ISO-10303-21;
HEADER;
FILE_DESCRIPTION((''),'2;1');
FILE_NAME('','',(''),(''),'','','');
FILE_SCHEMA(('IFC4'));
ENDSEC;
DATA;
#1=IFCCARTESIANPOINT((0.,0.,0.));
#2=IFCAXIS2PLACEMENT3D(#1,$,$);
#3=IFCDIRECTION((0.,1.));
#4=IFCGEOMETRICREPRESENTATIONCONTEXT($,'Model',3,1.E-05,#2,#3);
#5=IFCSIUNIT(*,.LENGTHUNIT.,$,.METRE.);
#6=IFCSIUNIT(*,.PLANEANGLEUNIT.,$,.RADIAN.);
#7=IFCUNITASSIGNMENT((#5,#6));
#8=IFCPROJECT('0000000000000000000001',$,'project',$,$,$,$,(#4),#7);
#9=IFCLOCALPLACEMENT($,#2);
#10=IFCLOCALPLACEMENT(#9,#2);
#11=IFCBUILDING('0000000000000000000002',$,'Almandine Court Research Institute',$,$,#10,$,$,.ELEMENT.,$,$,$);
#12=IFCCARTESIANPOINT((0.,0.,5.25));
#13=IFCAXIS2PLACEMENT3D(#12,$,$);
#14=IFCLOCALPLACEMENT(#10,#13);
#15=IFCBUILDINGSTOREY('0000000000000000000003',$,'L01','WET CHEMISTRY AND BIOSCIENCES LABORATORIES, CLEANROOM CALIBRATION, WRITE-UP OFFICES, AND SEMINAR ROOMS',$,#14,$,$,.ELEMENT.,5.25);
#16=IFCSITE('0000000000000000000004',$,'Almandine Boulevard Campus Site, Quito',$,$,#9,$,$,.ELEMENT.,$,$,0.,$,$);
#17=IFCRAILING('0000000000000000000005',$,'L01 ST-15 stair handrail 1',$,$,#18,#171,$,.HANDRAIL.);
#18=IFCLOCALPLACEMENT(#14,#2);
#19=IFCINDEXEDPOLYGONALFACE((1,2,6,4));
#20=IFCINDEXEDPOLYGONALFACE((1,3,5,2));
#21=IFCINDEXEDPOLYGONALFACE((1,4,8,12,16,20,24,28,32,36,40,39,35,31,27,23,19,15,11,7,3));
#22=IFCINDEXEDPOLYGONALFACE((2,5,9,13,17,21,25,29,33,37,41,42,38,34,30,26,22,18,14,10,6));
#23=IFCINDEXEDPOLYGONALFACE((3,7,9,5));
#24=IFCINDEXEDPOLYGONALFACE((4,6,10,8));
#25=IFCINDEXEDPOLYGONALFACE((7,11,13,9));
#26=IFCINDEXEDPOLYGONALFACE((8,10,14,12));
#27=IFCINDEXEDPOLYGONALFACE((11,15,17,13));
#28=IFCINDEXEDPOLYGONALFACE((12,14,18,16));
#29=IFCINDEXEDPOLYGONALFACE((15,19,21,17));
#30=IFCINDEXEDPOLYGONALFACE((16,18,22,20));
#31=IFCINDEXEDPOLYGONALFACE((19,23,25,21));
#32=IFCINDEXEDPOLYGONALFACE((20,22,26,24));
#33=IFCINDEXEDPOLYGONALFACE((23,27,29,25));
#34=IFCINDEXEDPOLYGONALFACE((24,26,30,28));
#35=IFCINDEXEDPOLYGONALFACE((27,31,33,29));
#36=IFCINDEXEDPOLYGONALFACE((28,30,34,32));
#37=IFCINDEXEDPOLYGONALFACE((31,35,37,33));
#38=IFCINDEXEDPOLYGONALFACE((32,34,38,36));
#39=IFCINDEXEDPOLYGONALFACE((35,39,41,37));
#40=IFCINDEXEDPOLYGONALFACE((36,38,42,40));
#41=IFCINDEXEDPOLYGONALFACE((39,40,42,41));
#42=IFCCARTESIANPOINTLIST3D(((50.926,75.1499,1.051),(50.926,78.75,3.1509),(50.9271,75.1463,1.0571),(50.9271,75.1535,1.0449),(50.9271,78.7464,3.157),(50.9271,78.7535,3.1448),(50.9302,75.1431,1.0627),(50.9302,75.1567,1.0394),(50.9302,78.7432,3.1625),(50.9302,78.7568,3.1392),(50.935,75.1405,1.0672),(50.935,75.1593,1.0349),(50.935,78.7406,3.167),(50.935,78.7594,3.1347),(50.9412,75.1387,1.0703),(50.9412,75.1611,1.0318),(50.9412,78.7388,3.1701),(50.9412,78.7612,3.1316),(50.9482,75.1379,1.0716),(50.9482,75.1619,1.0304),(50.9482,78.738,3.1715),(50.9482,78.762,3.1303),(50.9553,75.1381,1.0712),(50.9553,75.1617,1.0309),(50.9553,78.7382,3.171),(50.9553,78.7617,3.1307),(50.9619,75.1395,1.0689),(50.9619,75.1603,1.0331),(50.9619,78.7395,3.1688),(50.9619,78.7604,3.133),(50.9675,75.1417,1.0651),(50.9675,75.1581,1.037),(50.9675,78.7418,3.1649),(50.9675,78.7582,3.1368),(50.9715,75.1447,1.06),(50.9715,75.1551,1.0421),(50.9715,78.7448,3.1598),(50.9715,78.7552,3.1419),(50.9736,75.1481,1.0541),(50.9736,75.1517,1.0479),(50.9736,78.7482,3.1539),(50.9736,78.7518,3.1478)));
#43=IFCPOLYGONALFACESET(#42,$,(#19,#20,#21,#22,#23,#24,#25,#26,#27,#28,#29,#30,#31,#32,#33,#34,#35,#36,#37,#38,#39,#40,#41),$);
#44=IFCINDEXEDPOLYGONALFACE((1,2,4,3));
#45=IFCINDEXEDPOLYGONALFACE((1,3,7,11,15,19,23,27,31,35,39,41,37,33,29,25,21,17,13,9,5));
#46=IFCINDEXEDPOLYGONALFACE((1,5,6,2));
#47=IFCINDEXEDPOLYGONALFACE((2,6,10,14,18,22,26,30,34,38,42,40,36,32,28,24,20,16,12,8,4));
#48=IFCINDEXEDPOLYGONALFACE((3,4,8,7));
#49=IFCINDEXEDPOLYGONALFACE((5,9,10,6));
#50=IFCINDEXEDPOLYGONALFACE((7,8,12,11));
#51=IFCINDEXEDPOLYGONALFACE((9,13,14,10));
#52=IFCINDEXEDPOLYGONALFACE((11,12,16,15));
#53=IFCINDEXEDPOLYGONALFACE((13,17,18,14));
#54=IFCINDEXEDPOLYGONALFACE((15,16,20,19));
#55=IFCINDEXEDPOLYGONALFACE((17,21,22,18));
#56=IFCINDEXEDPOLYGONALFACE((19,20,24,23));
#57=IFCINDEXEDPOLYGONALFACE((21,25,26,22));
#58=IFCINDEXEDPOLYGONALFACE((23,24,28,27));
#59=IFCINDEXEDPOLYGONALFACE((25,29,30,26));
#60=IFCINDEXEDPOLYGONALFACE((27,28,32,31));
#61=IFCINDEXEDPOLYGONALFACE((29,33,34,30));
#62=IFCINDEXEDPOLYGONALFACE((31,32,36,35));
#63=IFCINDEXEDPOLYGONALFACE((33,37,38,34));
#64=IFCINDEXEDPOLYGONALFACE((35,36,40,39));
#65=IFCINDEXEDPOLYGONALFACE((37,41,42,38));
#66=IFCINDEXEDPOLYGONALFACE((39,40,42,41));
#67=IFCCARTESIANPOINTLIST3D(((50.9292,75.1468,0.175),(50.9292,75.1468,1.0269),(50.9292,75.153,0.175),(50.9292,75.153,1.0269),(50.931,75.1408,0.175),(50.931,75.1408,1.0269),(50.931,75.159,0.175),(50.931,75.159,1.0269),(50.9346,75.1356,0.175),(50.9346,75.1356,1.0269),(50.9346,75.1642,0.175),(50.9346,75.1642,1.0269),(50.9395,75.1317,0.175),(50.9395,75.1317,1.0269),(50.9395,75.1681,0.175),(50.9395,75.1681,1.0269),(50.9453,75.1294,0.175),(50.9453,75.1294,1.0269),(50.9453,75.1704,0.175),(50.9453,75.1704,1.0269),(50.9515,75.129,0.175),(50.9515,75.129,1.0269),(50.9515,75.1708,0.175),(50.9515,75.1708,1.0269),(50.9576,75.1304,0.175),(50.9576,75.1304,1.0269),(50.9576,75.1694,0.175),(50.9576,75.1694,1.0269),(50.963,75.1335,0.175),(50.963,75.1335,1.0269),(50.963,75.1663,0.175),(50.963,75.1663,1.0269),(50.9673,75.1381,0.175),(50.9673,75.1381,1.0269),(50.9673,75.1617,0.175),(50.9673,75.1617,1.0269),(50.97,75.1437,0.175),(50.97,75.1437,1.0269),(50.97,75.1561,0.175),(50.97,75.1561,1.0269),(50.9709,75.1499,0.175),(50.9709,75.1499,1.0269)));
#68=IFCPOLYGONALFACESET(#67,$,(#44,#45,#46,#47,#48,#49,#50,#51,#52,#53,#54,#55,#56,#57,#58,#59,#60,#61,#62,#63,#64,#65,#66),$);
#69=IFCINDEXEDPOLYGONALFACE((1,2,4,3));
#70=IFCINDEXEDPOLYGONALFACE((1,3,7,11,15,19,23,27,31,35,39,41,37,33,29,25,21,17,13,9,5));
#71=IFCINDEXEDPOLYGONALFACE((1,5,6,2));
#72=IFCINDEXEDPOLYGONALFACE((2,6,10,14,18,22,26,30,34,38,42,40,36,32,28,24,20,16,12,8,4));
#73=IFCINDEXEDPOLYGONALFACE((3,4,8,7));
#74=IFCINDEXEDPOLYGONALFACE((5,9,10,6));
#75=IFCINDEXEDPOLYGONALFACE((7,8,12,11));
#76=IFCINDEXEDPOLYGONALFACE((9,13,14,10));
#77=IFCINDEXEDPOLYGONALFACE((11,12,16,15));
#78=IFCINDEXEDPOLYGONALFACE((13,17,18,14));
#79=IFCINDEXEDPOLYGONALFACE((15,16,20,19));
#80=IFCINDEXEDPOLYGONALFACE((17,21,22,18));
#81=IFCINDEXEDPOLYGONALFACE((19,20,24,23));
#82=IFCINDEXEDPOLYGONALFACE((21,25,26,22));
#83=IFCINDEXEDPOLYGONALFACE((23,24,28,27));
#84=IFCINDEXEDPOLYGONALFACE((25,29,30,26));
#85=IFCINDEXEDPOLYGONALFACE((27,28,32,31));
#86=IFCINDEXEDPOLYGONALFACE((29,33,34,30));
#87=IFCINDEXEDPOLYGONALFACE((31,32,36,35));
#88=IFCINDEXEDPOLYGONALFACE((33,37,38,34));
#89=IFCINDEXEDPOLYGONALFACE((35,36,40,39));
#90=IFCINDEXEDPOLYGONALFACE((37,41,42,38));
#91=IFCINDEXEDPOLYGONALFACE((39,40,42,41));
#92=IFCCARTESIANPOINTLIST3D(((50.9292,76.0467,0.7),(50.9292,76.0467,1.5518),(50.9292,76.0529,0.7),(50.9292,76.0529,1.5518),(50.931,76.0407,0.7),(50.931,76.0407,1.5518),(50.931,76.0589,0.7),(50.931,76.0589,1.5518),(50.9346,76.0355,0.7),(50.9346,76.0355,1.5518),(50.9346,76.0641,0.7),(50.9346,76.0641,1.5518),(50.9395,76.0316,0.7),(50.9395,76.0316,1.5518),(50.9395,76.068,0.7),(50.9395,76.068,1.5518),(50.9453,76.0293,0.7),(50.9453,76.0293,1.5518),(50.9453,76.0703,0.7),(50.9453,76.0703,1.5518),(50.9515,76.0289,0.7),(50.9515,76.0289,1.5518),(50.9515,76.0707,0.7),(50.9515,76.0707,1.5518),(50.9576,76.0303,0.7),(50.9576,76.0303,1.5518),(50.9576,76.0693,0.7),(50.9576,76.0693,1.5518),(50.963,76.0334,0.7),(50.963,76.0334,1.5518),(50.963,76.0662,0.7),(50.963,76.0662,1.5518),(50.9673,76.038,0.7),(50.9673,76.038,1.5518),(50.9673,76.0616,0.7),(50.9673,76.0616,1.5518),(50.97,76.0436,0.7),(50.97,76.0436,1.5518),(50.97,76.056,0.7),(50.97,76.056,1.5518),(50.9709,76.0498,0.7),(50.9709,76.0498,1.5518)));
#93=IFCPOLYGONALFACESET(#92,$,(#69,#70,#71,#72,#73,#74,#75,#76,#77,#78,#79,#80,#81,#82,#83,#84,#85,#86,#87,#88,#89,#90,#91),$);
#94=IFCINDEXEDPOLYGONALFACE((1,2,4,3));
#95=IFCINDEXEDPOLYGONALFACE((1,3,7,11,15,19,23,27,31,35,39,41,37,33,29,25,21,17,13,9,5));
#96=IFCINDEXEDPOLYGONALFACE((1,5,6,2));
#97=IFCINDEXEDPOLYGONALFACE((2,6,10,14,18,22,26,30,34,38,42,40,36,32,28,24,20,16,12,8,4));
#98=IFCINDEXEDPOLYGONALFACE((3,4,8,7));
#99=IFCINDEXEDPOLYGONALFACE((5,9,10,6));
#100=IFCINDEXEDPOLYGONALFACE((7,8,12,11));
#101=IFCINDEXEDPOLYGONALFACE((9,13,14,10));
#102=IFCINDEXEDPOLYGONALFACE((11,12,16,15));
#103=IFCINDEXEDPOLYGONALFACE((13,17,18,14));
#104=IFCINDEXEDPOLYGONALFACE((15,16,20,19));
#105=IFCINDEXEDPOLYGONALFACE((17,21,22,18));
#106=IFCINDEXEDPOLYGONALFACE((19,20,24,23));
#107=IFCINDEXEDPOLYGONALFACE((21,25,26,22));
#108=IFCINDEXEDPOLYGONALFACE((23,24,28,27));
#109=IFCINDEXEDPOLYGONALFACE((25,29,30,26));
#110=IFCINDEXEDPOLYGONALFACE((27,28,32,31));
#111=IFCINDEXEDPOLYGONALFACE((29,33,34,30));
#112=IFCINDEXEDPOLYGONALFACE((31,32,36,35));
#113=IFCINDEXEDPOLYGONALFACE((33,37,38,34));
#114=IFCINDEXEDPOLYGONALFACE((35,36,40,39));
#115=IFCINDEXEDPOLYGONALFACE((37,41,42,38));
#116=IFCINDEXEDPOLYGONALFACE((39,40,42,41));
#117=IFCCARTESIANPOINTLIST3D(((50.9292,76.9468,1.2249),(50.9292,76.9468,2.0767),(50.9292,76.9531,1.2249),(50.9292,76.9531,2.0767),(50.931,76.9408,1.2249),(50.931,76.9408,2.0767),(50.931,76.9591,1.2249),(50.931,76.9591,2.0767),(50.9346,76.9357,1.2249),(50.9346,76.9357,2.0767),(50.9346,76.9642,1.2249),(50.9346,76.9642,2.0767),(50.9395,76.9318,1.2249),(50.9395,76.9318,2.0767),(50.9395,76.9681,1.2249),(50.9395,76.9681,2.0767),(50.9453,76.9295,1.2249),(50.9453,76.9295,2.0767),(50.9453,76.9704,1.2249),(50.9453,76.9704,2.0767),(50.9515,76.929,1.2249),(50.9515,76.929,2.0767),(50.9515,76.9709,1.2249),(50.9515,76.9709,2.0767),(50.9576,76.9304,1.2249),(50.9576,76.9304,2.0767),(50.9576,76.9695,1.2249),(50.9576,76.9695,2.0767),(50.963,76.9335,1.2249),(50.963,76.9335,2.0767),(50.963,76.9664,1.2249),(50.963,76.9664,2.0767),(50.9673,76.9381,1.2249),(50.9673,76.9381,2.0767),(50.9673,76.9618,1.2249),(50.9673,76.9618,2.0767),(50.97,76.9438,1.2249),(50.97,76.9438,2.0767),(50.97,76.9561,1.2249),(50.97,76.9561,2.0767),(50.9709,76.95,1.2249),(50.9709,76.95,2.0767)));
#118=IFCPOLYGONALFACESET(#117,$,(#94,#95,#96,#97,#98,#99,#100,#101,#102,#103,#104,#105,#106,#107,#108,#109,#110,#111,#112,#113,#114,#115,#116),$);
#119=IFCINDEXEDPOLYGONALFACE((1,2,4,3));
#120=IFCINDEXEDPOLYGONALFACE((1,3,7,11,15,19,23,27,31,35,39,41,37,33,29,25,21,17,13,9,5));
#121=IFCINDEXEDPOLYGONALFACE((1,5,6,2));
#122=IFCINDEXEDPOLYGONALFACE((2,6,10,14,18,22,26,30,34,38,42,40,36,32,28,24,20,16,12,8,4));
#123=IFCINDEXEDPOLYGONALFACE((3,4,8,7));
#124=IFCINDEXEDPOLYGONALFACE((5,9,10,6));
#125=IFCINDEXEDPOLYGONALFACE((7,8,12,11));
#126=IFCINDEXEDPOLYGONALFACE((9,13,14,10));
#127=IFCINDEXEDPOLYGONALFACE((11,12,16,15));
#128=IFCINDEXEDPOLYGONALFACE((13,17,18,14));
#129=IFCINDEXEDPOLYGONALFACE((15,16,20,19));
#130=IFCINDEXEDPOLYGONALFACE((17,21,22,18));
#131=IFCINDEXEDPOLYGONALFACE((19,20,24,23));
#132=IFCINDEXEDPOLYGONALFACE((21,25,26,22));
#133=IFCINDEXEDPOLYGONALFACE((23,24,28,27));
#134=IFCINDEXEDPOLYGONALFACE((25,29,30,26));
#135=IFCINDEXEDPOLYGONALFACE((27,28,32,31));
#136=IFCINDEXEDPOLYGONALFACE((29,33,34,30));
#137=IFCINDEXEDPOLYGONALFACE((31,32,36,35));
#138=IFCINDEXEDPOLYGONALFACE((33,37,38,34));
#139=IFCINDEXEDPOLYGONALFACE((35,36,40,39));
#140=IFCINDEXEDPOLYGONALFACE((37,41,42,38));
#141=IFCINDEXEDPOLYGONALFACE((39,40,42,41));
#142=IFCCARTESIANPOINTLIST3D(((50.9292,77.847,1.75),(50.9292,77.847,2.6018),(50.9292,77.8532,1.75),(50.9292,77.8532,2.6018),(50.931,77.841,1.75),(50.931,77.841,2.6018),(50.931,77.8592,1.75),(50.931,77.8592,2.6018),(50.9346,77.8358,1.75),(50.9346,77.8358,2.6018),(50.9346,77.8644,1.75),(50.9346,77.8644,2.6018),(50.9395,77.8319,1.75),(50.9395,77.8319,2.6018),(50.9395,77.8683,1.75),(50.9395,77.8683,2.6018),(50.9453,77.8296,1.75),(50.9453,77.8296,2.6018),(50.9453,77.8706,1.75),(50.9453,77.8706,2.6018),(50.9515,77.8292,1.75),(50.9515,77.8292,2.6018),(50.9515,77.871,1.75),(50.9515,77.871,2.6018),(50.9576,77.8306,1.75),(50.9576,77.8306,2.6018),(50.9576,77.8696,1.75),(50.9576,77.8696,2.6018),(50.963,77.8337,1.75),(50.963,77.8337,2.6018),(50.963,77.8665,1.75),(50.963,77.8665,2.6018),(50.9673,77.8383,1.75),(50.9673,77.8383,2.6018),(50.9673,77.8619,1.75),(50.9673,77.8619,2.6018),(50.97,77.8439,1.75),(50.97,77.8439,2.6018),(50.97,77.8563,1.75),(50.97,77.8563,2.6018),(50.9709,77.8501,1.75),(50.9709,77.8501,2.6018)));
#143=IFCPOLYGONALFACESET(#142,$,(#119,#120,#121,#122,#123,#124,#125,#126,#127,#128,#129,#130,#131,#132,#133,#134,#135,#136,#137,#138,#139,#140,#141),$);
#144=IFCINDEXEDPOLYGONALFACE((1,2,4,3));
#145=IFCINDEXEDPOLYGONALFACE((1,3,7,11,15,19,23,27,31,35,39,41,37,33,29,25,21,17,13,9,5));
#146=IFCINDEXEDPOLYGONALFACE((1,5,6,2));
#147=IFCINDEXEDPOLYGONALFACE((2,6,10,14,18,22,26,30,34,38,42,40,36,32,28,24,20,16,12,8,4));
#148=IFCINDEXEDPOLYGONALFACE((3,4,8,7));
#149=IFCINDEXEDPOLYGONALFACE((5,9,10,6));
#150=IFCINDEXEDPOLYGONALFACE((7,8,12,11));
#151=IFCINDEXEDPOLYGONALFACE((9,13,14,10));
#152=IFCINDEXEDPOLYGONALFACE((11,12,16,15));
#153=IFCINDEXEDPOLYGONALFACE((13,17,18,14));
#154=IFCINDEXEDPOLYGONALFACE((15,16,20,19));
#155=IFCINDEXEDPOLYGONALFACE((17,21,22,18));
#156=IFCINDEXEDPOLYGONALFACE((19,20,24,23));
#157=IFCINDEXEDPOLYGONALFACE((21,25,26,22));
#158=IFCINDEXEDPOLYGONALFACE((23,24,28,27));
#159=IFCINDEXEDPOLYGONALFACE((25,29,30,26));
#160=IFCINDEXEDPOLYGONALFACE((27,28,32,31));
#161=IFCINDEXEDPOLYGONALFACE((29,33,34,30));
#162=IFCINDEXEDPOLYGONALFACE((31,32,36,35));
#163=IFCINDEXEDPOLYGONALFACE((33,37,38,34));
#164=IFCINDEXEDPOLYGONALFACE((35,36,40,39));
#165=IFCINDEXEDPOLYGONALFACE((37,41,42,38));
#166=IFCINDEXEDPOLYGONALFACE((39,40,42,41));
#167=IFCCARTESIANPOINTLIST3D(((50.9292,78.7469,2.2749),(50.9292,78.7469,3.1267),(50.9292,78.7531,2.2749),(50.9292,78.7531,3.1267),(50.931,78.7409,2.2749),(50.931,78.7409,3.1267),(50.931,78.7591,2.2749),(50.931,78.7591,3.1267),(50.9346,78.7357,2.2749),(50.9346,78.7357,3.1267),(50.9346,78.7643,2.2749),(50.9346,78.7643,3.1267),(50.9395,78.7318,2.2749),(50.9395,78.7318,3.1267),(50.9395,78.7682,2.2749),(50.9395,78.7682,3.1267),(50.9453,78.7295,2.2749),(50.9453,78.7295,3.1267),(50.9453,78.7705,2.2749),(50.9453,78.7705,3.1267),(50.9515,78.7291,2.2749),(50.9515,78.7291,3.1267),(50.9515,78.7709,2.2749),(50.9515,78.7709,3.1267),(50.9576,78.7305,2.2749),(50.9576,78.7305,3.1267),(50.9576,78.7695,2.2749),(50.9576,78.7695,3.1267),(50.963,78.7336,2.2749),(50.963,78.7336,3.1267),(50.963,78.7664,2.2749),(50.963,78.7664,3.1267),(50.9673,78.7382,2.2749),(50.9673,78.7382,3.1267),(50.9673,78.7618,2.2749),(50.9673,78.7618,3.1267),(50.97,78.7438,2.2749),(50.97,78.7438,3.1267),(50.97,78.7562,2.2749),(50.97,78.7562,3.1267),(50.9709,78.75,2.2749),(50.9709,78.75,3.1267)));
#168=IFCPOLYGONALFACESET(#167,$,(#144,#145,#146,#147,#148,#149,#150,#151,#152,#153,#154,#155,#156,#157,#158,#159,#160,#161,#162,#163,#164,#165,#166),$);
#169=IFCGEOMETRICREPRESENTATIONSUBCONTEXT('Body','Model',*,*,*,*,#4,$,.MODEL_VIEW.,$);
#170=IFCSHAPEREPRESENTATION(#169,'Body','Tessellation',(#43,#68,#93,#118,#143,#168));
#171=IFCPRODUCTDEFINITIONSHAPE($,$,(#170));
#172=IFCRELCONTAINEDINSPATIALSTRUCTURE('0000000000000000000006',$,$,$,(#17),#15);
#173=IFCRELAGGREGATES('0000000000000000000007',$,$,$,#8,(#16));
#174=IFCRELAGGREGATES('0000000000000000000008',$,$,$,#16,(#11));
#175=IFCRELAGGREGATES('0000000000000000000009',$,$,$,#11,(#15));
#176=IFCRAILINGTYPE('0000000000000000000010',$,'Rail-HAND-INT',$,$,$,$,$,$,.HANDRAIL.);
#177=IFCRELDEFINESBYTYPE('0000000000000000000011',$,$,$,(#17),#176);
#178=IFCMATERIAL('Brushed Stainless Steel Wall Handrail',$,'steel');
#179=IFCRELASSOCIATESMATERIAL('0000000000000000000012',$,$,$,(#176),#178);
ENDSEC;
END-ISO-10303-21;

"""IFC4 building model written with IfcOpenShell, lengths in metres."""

from ifc_helpers import new_model, si_unit, direction, frame, origin, origin_2d, place, context, subcontext, project, spatial, circle, extrude, material, type_object, element, save


model = new_model("IFC4")

# Units and contexts
model_context = context("Model", 3, precision=1e-05, world=origin(), true_north=direction((0.0, 1.0)))
body_context = subcontext(model_context, "Body", "Model", "MODEL_VIEW")
ifc_project = project(units=[si_unit("LENGTHUNIT", "METRE"), si_unit("PLANEANGLEUNIT", "RADIAN")], contexts=[model_context])

# Site, building, storey
site_placement = place(None, origin())
site = spatial("IfcSite", under=ifc_project, at=site_placement, Name="Almandine Boulevard Campus Site, Quito", CompositionType="ELEMENT", RefElevation=0.0)
building_placement = place(site_placement, origin())
building = spatial("IfcBuilding", under=site, at=building_placement, Name="Almandine Court Research Institute", CompositionType="ELEMENT")
storey_placement = place(building_placement, frame((0.0, 0.0, 5.25)))
storey = spatial("IfcBuildingStorey", under=building, at=storey_placement, Name="L01", Description="WET CHEMISTRY AND BIOSCIENCES LABORATORIES, CLEANROOM CALIBRATION, WRITE-UP OFFICES, AND SEMINAR ROOMS", CompositionType="ELEMENT", Elevation=5.25)

# Railing
ifc_material_1 = material(Name="Brushed Stainless Steel Wall Handrail", Category="steel")
railing_type_1 = type_object("IfcRailingType", Name="Rail-HAND-INT", PredefinedType="HANDRAIL", material=ifc_material_1)
railing_1_placement = place(storey_placement, frame((50.95, 75.1499, 0.175)))
element("IfcRailing", 1, at=railing_1_placement, inside=storey, type_object=railing_type_1, Name="L01 ST-15 stair handrail 1", PredefinedType="HANDRAIL", context=body_context, shape_type="SweptSolid", body=[
    extrude(circle(Radius=0.0239, at=origin_2d()), frame((0.0, 0.0, 0.876), z_axis=(0.0, 0.8638, 0.503835), x_axis=(-1.0, 0.0, 0.0)), (0.0, 0.0, 1.0), 4.1677),
    extrude(circle(Radius=0.021, at=origin_2d()), origin(), (0.0, 0.0, 1.0), 0.8518),
    extrude(circle(Radius=0.021, at=origin_2d()), frame((0.0, 0.8999, 0.5249)), (0.0, 0.0, 1.0), 0.8518),
    extrude(circle(Radius=0.021, at=origin_2d()), frame((0.0, 1.8, 1.0498)), (0.0, 0.0, 1.0), 0.8518),
    extrude(circle(Radius=0.021, at=origin_2d()), frame((0.0, 2.7002, 1.575)), (0.0, 0.0, 1.0), 0.8518),
    extrude(circle(Radius=0.021, at=origin_2d()), frame((0.0, 3.6001, 2.0999)), (0.0, 0.0, 1.0), 0.8518),
])

save(model, "model.ifc")
